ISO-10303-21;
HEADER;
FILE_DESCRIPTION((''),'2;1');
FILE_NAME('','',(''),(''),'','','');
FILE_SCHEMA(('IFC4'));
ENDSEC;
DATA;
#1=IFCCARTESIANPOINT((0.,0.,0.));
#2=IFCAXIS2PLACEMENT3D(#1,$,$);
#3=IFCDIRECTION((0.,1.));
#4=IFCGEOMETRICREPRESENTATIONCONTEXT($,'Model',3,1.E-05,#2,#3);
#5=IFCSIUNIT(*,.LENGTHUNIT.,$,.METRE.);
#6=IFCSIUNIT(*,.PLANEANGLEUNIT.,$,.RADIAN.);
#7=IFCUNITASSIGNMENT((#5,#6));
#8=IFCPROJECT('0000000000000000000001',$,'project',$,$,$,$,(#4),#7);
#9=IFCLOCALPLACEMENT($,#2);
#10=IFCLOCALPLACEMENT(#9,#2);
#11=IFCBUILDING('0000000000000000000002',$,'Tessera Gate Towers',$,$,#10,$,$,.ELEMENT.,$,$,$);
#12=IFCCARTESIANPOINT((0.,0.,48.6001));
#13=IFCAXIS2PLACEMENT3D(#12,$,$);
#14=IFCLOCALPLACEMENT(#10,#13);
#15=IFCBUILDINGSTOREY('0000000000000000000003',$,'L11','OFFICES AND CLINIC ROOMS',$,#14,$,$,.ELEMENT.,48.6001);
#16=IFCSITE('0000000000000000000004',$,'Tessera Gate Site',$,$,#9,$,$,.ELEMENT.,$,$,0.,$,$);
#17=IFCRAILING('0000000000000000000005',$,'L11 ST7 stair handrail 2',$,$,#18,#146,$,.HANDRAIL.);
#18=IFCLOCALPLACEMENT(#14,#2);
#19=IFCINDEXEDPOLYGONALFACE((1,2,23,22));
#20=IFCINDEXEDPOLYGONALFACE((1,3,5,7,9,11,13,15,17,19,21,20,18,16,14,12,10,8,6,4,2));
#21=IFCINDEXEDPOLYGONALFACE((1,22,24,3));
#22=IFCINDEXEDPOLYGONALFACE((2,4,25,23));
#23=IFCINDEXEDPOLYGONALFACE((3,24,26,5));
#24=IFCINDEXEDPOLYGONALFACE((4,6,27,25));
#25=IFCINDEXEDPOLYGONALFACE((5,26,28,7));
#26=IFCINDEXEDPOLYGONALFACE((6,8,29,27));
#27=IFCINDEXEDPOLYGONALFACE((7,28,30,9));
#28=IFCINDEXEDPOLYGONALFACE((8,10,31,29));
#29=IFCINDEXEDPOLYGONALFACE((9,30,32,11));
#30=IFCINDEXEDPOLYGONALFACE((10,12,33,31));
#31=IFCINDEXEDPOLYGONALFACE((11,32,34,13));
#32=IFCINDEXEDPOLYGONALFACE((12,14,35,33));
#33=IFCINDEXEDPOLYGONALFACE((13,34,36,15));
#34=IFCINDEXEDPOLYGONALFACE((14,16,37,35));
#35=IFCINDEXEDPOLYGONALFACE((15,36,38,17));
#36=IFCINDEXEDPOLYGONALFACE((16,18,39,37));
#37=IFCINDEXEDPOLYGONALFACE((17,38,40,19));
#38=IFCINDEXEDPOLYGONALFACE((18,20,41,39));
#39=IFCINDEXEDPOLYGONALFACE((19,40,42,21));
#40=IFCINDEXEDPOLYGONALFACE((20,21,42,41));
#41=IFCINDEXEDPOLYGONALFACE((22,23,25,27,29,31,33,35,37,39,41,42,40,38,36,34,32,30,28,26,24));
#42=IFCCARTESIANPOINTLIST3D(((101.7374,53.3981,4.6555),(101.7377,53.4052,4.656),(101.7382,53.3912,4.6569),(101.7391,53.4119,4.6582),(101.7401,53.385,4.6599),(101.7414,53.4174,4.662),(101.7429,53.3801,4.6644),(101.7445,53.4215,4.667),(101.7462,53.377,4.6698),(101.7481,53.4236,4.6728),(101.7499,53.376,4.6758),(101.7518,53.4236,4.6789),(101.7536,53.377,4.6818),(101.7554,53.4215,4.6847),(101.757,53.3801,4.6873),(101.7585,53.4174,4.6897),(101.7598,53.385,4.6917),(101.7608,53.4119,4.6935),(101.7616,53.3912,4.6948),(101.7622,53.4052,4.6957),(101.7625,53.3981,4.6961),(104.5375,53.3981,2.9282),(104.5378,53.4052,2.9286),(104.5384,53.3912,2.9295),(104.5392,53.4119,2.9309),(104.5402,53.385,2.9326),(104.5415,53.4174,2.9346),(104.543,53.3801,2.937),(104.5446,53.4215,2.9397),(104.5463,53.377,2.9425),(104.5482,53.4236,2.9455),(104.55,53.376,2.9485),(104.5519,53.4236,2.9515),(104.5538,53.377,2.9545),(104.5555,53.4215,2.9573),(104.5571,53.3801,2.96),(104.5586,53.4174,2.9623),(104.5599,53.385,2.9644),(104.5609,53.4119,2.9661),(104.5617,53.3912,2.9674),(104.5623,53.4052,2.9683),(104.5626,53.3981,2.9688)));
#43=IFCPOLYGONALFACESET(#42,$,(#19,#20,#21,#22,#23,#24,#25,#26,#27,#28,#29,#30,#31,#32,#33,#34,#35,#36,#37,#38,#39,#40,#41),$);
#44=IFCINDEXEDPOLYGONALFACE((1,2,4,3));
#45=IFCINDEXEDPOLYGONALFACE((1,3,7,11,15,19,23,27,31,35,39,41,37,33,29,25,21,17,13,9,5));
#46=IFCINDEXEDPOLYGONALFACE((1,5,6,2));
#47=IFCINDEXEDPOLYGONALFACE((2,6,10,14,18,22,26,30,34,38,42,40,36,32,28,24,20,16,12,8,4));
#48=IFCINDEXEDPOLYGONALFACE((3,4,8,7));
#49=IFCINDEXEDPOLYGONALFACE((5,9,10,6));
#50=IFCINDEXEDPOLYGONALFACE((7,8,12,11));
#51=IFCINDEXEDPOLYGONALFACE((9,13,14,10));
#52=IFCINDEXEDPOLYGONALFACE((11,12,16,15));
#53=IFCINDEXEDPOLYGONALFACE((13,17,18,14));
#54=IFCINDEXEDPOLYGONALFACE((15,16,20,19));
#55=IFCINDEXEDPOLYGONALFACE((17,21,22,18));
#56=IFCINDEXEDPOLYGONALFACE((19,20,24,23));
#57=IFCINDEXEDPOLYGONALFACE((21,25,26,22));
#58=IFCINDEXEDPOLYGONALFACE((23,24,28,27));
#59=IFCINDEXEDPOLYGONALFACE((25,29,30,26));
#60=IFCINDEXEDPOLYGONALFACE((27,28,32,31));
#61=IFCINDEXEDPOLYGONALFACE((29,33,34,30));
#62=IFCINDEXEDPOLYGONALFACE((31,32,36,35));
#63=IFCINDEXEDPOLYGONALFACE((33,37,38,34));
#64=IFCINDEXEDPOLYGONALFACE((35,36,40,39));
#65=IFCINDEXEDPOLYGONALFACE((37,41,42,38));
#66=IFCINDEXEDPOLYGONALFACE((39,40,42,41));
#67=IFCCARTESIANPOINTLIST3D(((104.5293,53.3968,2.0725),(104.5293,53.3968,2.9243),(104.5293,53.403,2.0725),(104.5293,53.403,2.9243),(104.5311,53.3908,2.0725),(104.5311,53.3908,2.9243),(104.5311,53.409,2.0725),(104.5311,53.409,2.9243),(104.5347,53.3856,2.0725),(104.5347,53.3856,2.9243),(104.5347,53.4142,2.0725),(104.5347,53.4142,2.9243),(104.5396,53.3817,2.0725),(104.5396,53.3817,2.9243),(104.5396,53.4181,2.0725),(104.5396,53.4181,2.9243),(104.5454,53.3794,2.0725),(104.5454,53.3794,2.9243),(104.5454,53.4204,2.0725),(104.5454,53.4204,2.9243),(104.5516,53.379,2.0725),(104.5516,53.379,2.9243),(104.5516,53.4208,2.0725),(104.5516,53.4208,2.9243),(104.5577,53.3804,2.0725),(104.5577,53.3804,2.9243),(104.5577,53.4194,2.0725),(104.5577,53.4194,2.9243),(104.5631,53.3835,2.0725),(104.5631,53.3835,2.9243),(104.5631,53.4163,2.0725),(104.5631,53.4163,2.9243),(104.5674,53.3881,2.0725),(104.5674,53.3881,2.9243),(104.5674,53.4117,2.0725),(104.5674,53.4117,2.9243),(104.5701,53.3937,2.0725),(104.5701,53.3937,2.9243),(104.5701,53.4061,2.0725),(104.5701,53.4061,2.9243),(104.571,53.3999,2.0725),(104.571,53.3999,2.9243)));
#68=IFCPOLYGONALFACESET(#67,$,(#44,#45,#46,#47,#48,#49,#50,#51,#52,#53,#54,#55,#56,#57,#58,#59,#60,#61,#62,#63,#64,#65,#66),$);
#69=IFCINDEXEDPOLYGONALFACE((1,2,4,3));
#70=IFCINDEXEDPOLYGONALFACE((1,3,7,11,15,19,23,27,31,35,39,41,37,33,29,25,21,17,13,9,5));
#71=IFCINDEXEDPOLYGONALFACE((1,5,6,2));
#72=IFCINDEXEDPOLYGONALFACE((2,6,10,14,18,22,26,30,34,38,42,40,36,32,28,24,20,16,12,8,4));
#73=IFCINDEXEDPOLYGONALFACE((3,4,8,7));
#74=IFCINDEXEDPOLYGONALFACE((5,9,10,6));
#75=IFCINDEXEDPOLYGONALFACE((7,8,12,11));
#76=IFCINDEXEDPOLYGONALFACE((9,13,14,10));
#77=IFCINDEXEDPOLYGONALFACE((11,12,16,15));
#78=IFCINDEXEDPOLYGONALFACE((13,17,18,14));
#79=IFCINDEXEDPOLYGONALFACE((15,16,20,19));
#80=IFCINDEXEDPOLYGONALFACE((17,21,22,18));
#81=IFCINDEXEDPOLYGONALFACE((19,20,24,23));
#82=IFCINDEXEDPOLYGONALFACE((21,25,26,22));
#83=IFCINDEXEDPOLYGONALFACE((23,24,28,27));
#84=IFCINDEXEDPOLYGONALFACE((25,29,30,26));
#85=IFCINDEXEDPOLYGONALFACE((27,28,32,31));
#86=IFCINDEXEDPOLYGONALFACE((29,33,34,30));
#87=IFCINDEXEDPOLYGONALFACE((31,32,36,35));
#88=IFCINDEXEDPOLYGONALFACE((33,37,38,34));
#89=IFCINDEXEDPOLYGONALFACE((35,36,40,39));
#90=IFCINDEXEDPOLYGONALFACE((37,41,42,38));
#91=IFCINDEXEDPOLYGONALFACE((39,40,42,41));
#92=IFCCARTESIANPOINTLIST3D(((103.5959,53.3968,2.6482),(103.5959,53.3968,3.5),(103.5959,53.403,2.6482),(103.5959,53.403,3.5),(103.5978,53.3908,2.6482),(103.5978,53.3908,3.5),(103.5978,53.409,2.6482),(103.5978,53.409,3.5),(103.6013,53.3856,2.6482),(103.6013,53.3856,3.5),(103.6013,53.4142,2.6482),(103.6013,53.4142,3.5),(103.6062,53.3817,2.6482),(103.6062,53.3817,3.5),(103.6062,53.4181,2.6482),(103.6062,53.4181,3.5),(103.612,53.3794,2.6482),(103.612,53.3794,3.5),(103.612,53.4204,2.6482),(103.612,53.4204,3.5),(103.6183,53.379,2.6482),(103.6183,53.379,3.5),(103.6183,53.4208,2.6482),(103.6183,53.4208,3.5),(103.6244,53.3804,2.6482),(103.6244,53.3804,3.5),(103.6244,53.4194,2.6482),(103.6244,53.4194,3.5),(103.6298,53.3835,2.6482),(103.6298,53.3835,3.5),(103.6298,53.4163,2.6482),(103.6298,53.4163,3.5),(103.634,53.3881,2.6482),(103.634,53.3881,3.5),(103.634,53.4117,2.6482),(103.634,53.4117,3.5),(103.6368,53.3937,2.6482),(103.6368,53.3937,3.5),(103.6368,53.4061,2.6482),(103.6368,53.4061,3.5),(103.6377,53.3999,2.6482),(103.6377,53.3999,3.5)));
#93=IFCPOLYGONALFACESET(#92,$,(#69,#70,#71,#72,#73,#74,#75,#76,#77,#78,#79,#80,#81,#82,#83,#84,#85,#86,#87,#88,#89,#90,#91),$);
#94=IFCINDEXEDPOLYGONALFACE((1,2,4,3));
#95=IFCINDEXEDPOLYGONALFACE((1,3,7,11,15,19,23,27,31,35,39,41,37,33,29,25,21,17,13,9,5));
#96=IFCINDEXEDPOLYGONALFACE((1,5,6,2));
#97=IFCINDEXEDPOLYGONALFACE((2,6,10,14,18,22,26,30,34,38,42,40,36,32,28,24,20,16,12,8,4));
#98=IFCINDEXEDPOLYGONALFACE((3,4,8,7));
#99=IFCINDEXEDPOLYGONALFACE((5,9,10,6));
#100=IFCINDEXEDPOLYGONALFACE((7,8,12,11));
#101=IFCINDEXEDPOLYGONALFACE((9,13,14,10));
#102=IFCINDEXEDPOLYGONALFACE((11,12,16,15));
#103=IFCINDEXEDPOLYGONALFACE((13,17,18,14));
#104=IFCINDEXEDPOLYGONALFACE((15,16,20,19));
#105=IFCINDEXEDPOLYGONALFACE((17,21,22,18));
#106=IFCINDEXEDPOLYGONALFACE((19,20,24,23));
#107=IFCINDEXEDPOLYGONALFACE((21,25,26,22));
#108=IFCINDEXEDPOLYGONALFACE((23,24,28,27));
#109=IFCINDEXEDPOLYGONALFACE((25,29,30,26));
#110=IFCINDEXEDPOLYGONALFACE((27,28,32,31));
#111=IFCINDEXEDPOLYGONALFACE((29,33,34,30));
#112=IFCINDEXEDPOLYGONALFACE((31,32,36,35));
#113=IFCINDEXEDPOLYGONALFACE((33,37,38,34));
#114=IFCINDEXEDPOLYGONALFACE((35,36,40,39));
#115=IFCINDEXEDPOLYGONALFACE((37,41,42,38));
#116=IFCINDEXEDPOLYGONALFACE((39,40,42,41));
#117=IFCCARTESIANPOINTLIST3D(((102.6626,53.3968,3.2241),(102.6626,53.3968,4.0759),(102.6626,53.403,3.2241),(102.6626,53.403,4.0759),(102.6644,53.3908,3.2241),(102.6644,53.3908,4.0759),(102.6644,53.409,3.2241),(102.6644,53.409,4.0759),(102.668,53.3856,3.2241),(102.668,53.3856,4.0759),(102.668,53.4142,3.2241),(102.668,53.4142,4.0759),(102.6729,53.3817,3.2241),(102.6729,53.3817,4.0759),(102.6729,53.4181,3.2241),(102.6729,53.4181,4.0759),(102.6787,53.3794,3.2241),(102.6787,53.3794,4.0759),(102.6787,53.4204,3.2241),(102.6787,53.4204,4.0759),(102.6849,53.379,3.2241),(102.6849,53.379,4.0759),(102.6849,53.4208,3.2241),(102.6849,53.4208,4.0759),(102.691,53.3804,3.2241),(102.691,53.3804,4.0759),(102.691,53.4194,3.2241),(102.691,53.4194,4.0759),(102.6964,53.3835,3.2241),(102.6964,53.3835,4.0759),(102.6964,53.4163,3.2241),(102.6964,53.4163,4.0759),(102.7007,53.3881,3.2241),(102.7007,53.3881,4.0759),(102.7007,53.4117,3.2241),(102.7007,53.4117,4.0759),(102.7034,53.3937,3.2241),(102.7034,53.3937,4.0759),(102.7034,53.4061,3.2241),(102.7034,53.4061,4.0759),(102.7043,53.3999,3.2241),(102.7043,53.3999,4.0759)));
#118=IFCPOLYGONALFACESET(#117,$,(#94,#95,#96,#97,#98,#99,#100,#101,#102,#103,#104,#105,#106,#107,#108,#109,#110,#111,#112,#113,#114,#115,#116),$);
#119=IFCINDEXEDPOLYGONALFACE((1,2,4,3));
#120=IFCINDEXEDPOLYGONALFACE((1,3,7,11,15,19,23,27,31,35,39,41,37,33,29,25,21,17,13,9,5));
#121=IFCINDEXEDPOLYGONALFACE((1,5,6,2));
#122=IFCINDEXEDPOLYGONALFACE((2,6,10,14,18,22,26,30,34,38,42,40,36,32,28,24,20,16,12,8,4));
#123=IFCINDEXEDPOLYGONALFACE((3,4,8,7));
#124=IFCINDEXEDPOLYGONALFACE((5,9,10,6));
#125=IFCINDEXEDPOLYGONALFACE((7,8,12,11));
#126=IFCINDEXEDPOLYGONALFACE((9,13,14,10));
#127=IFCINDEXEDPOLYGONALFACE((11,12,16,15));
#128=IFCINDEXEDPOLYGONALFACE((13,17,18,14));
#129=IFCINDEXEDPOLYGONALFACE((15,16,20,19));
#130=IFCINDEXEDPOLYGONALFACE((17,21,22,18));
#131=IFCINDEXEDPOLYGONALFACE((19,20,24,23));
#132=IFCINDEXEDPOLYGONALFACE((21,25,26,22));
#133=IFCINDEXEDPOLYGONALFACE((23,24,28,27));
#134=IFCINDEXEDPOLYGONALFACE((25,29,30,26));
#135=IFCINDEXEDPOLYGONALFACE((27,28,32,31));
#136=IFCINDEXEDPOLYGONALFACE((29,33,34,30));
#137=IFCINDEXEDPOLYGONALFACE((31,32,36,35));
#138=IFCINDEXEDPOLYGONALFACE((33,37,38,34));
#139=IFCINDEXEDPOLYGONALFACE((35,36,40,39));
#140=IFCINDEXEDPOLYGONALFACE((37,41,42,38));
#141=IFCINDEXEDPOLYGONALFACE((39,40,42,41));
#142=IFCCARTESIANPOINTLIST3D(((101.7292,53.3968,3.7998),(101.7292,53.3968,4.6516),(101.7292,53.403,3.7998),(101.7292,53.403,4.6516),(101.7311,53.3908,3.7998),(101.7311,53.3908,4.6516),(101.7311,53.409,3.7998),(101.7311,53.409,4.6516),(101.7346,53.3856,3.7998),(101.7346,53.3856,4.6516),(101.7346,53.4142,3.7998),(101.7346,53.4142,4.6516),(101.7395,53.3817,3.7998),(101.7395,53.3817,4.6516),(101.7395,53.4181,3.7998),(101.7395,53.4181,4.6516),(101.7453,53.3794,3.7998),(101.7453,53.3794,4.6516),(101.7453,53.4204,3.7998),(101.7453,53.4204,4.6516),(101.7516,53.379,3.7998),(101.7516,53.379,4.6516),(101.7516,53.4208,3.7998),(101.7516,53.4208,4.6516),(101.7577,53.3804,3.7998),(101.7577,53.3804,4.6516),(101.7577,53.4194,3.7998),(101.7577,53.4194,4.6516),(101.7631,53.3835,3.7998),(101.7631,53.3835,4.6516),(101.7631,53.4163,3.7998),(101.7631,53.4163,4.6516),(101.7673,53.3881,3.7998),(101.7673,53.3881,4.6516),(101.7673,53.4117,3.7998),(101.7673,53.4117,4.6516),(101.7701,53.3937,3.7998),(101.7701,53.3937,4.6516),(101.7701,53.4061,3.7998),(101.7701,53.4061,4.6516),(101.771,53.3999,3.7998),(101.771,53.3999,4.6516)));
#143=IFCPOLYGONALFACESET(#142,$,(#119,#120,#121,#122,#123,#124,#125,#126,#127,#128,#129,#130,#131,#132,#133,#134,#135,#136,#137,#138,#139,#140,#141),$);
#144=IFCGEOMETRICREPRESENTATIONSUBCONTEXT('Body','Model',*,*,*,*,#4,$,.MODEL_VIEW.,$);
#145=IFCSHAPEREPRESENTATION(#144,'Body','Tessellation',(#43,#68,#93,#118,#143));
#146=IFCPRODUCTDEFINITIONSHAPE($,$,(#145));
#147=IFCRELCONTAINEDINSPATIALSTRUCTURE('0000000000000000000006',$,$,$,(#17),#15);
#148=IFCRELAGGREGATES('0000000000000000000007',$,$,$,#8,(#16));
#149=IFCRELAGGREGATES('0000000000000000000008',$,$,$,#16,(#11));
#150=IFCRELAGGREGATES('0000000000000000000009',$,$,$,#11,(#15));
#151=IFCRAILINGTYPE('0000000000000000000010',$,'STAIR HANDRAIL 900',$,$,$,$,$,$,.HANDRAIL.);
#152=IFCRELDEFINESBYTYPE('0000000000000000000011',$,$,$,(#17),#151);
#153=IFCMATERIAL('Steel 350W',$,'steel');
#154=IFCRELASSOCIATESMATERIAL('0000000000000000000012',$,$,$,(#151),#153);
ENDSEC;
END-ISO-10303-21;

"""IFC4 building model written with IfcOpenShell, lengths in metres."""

from ifc_helpers import new_model, si_unit, direction, frame, origin, origin_2d, place, context, subcontext, project, spatial, circle, extrude, material, type_object, element, save


model = new_model("IFC4")

# Units and contexts
model_context = context("Model", 3, precision=1e-05, world=origin(), true_north=direction((0.0, 1.0)))
body_context = subcontext(model_context, "Body", "Model", "MODEL_VIEW")
ifc_project = project(units=[si_unit("LENGTHUNIT", "METRE"), si_unit("PLANEANGLEUNIT", "RADIAN")], contexts=[model_context])

# Site, building, storey
site_placement = place(None, origin())
site = spatial("IfcSite", under=ifc_project, at=site_placement, Name="Tessera Gate Site", CompositionType="ELEMENT", RefElevation=0.0)
building_placement = place(site_placement, origin())
building = spatial("IfcBuilding", under=site, at=building_placement, Name="Tessera Gate Towers", CompositionType="ELEMENT")
storey_placement = place(building_placement, frame((0.0, 0.0, 48.6001)))
storey = spatial("IfcBuildingStorey", under=building, at=storey_placement, Name="L11", Description="OFFICES AND CLINIC ROOMS", CompositionType="ELEMENT", Elevation=48.6001)

# Railing
ifc_material_1 = material(Name="Steel 350W", Category="steel")
railing_type_1 = type_object("IfcRailingType", Name="STAIR HANDRAIL 900", PredefinedType="HANDRAIL", material=ifc_material_1)
railing_1_placement = place(storey_placement, frame((104.55, 53.3999, 2.0725)))
element("IfcRailing", 1, at=railing_1_placement, inside=storey, type_object=railing_type_1, Name="L11 ST7 stair handrail 2", PredefinedType="HANDRAIL", context=body_context, shape_type="SweptSolid", body=[
    extrude(circle(Radius=0.0239, at=origin_2d()), frame((0.0, 0.0, 0.876), z_axis=(-0.85109, 0.0, 0.52502), x_axis=(0.0, -1.0, 0.0)), (0.0, 0.0, 1.0), 3.29),
    extrude(circle(Radius=0.021, at=origin_2d()), origin(), (0.0, 0.0, 1.0), 0.8518),
    extrude(circle(Radius=0.021, at=origin_2d()), frame((-0.9333, 0.0, 0.5757)), (0.0, 0.0, 1.0), 0.8518),
    extrude(circle(Radius=0.021, at=origin_2d()), frame((-1.8667, 0.0, 1.1516)), (0.0, 0.0, 1.0), 0.8518),
    extrude(circle(Radius=0.021, at=origin_2d()), frame((-2.8, 0.0, 1.7273)), (0.0, 0.0, 1.0), 0.8518),
])

save(model, "model.ifc")
